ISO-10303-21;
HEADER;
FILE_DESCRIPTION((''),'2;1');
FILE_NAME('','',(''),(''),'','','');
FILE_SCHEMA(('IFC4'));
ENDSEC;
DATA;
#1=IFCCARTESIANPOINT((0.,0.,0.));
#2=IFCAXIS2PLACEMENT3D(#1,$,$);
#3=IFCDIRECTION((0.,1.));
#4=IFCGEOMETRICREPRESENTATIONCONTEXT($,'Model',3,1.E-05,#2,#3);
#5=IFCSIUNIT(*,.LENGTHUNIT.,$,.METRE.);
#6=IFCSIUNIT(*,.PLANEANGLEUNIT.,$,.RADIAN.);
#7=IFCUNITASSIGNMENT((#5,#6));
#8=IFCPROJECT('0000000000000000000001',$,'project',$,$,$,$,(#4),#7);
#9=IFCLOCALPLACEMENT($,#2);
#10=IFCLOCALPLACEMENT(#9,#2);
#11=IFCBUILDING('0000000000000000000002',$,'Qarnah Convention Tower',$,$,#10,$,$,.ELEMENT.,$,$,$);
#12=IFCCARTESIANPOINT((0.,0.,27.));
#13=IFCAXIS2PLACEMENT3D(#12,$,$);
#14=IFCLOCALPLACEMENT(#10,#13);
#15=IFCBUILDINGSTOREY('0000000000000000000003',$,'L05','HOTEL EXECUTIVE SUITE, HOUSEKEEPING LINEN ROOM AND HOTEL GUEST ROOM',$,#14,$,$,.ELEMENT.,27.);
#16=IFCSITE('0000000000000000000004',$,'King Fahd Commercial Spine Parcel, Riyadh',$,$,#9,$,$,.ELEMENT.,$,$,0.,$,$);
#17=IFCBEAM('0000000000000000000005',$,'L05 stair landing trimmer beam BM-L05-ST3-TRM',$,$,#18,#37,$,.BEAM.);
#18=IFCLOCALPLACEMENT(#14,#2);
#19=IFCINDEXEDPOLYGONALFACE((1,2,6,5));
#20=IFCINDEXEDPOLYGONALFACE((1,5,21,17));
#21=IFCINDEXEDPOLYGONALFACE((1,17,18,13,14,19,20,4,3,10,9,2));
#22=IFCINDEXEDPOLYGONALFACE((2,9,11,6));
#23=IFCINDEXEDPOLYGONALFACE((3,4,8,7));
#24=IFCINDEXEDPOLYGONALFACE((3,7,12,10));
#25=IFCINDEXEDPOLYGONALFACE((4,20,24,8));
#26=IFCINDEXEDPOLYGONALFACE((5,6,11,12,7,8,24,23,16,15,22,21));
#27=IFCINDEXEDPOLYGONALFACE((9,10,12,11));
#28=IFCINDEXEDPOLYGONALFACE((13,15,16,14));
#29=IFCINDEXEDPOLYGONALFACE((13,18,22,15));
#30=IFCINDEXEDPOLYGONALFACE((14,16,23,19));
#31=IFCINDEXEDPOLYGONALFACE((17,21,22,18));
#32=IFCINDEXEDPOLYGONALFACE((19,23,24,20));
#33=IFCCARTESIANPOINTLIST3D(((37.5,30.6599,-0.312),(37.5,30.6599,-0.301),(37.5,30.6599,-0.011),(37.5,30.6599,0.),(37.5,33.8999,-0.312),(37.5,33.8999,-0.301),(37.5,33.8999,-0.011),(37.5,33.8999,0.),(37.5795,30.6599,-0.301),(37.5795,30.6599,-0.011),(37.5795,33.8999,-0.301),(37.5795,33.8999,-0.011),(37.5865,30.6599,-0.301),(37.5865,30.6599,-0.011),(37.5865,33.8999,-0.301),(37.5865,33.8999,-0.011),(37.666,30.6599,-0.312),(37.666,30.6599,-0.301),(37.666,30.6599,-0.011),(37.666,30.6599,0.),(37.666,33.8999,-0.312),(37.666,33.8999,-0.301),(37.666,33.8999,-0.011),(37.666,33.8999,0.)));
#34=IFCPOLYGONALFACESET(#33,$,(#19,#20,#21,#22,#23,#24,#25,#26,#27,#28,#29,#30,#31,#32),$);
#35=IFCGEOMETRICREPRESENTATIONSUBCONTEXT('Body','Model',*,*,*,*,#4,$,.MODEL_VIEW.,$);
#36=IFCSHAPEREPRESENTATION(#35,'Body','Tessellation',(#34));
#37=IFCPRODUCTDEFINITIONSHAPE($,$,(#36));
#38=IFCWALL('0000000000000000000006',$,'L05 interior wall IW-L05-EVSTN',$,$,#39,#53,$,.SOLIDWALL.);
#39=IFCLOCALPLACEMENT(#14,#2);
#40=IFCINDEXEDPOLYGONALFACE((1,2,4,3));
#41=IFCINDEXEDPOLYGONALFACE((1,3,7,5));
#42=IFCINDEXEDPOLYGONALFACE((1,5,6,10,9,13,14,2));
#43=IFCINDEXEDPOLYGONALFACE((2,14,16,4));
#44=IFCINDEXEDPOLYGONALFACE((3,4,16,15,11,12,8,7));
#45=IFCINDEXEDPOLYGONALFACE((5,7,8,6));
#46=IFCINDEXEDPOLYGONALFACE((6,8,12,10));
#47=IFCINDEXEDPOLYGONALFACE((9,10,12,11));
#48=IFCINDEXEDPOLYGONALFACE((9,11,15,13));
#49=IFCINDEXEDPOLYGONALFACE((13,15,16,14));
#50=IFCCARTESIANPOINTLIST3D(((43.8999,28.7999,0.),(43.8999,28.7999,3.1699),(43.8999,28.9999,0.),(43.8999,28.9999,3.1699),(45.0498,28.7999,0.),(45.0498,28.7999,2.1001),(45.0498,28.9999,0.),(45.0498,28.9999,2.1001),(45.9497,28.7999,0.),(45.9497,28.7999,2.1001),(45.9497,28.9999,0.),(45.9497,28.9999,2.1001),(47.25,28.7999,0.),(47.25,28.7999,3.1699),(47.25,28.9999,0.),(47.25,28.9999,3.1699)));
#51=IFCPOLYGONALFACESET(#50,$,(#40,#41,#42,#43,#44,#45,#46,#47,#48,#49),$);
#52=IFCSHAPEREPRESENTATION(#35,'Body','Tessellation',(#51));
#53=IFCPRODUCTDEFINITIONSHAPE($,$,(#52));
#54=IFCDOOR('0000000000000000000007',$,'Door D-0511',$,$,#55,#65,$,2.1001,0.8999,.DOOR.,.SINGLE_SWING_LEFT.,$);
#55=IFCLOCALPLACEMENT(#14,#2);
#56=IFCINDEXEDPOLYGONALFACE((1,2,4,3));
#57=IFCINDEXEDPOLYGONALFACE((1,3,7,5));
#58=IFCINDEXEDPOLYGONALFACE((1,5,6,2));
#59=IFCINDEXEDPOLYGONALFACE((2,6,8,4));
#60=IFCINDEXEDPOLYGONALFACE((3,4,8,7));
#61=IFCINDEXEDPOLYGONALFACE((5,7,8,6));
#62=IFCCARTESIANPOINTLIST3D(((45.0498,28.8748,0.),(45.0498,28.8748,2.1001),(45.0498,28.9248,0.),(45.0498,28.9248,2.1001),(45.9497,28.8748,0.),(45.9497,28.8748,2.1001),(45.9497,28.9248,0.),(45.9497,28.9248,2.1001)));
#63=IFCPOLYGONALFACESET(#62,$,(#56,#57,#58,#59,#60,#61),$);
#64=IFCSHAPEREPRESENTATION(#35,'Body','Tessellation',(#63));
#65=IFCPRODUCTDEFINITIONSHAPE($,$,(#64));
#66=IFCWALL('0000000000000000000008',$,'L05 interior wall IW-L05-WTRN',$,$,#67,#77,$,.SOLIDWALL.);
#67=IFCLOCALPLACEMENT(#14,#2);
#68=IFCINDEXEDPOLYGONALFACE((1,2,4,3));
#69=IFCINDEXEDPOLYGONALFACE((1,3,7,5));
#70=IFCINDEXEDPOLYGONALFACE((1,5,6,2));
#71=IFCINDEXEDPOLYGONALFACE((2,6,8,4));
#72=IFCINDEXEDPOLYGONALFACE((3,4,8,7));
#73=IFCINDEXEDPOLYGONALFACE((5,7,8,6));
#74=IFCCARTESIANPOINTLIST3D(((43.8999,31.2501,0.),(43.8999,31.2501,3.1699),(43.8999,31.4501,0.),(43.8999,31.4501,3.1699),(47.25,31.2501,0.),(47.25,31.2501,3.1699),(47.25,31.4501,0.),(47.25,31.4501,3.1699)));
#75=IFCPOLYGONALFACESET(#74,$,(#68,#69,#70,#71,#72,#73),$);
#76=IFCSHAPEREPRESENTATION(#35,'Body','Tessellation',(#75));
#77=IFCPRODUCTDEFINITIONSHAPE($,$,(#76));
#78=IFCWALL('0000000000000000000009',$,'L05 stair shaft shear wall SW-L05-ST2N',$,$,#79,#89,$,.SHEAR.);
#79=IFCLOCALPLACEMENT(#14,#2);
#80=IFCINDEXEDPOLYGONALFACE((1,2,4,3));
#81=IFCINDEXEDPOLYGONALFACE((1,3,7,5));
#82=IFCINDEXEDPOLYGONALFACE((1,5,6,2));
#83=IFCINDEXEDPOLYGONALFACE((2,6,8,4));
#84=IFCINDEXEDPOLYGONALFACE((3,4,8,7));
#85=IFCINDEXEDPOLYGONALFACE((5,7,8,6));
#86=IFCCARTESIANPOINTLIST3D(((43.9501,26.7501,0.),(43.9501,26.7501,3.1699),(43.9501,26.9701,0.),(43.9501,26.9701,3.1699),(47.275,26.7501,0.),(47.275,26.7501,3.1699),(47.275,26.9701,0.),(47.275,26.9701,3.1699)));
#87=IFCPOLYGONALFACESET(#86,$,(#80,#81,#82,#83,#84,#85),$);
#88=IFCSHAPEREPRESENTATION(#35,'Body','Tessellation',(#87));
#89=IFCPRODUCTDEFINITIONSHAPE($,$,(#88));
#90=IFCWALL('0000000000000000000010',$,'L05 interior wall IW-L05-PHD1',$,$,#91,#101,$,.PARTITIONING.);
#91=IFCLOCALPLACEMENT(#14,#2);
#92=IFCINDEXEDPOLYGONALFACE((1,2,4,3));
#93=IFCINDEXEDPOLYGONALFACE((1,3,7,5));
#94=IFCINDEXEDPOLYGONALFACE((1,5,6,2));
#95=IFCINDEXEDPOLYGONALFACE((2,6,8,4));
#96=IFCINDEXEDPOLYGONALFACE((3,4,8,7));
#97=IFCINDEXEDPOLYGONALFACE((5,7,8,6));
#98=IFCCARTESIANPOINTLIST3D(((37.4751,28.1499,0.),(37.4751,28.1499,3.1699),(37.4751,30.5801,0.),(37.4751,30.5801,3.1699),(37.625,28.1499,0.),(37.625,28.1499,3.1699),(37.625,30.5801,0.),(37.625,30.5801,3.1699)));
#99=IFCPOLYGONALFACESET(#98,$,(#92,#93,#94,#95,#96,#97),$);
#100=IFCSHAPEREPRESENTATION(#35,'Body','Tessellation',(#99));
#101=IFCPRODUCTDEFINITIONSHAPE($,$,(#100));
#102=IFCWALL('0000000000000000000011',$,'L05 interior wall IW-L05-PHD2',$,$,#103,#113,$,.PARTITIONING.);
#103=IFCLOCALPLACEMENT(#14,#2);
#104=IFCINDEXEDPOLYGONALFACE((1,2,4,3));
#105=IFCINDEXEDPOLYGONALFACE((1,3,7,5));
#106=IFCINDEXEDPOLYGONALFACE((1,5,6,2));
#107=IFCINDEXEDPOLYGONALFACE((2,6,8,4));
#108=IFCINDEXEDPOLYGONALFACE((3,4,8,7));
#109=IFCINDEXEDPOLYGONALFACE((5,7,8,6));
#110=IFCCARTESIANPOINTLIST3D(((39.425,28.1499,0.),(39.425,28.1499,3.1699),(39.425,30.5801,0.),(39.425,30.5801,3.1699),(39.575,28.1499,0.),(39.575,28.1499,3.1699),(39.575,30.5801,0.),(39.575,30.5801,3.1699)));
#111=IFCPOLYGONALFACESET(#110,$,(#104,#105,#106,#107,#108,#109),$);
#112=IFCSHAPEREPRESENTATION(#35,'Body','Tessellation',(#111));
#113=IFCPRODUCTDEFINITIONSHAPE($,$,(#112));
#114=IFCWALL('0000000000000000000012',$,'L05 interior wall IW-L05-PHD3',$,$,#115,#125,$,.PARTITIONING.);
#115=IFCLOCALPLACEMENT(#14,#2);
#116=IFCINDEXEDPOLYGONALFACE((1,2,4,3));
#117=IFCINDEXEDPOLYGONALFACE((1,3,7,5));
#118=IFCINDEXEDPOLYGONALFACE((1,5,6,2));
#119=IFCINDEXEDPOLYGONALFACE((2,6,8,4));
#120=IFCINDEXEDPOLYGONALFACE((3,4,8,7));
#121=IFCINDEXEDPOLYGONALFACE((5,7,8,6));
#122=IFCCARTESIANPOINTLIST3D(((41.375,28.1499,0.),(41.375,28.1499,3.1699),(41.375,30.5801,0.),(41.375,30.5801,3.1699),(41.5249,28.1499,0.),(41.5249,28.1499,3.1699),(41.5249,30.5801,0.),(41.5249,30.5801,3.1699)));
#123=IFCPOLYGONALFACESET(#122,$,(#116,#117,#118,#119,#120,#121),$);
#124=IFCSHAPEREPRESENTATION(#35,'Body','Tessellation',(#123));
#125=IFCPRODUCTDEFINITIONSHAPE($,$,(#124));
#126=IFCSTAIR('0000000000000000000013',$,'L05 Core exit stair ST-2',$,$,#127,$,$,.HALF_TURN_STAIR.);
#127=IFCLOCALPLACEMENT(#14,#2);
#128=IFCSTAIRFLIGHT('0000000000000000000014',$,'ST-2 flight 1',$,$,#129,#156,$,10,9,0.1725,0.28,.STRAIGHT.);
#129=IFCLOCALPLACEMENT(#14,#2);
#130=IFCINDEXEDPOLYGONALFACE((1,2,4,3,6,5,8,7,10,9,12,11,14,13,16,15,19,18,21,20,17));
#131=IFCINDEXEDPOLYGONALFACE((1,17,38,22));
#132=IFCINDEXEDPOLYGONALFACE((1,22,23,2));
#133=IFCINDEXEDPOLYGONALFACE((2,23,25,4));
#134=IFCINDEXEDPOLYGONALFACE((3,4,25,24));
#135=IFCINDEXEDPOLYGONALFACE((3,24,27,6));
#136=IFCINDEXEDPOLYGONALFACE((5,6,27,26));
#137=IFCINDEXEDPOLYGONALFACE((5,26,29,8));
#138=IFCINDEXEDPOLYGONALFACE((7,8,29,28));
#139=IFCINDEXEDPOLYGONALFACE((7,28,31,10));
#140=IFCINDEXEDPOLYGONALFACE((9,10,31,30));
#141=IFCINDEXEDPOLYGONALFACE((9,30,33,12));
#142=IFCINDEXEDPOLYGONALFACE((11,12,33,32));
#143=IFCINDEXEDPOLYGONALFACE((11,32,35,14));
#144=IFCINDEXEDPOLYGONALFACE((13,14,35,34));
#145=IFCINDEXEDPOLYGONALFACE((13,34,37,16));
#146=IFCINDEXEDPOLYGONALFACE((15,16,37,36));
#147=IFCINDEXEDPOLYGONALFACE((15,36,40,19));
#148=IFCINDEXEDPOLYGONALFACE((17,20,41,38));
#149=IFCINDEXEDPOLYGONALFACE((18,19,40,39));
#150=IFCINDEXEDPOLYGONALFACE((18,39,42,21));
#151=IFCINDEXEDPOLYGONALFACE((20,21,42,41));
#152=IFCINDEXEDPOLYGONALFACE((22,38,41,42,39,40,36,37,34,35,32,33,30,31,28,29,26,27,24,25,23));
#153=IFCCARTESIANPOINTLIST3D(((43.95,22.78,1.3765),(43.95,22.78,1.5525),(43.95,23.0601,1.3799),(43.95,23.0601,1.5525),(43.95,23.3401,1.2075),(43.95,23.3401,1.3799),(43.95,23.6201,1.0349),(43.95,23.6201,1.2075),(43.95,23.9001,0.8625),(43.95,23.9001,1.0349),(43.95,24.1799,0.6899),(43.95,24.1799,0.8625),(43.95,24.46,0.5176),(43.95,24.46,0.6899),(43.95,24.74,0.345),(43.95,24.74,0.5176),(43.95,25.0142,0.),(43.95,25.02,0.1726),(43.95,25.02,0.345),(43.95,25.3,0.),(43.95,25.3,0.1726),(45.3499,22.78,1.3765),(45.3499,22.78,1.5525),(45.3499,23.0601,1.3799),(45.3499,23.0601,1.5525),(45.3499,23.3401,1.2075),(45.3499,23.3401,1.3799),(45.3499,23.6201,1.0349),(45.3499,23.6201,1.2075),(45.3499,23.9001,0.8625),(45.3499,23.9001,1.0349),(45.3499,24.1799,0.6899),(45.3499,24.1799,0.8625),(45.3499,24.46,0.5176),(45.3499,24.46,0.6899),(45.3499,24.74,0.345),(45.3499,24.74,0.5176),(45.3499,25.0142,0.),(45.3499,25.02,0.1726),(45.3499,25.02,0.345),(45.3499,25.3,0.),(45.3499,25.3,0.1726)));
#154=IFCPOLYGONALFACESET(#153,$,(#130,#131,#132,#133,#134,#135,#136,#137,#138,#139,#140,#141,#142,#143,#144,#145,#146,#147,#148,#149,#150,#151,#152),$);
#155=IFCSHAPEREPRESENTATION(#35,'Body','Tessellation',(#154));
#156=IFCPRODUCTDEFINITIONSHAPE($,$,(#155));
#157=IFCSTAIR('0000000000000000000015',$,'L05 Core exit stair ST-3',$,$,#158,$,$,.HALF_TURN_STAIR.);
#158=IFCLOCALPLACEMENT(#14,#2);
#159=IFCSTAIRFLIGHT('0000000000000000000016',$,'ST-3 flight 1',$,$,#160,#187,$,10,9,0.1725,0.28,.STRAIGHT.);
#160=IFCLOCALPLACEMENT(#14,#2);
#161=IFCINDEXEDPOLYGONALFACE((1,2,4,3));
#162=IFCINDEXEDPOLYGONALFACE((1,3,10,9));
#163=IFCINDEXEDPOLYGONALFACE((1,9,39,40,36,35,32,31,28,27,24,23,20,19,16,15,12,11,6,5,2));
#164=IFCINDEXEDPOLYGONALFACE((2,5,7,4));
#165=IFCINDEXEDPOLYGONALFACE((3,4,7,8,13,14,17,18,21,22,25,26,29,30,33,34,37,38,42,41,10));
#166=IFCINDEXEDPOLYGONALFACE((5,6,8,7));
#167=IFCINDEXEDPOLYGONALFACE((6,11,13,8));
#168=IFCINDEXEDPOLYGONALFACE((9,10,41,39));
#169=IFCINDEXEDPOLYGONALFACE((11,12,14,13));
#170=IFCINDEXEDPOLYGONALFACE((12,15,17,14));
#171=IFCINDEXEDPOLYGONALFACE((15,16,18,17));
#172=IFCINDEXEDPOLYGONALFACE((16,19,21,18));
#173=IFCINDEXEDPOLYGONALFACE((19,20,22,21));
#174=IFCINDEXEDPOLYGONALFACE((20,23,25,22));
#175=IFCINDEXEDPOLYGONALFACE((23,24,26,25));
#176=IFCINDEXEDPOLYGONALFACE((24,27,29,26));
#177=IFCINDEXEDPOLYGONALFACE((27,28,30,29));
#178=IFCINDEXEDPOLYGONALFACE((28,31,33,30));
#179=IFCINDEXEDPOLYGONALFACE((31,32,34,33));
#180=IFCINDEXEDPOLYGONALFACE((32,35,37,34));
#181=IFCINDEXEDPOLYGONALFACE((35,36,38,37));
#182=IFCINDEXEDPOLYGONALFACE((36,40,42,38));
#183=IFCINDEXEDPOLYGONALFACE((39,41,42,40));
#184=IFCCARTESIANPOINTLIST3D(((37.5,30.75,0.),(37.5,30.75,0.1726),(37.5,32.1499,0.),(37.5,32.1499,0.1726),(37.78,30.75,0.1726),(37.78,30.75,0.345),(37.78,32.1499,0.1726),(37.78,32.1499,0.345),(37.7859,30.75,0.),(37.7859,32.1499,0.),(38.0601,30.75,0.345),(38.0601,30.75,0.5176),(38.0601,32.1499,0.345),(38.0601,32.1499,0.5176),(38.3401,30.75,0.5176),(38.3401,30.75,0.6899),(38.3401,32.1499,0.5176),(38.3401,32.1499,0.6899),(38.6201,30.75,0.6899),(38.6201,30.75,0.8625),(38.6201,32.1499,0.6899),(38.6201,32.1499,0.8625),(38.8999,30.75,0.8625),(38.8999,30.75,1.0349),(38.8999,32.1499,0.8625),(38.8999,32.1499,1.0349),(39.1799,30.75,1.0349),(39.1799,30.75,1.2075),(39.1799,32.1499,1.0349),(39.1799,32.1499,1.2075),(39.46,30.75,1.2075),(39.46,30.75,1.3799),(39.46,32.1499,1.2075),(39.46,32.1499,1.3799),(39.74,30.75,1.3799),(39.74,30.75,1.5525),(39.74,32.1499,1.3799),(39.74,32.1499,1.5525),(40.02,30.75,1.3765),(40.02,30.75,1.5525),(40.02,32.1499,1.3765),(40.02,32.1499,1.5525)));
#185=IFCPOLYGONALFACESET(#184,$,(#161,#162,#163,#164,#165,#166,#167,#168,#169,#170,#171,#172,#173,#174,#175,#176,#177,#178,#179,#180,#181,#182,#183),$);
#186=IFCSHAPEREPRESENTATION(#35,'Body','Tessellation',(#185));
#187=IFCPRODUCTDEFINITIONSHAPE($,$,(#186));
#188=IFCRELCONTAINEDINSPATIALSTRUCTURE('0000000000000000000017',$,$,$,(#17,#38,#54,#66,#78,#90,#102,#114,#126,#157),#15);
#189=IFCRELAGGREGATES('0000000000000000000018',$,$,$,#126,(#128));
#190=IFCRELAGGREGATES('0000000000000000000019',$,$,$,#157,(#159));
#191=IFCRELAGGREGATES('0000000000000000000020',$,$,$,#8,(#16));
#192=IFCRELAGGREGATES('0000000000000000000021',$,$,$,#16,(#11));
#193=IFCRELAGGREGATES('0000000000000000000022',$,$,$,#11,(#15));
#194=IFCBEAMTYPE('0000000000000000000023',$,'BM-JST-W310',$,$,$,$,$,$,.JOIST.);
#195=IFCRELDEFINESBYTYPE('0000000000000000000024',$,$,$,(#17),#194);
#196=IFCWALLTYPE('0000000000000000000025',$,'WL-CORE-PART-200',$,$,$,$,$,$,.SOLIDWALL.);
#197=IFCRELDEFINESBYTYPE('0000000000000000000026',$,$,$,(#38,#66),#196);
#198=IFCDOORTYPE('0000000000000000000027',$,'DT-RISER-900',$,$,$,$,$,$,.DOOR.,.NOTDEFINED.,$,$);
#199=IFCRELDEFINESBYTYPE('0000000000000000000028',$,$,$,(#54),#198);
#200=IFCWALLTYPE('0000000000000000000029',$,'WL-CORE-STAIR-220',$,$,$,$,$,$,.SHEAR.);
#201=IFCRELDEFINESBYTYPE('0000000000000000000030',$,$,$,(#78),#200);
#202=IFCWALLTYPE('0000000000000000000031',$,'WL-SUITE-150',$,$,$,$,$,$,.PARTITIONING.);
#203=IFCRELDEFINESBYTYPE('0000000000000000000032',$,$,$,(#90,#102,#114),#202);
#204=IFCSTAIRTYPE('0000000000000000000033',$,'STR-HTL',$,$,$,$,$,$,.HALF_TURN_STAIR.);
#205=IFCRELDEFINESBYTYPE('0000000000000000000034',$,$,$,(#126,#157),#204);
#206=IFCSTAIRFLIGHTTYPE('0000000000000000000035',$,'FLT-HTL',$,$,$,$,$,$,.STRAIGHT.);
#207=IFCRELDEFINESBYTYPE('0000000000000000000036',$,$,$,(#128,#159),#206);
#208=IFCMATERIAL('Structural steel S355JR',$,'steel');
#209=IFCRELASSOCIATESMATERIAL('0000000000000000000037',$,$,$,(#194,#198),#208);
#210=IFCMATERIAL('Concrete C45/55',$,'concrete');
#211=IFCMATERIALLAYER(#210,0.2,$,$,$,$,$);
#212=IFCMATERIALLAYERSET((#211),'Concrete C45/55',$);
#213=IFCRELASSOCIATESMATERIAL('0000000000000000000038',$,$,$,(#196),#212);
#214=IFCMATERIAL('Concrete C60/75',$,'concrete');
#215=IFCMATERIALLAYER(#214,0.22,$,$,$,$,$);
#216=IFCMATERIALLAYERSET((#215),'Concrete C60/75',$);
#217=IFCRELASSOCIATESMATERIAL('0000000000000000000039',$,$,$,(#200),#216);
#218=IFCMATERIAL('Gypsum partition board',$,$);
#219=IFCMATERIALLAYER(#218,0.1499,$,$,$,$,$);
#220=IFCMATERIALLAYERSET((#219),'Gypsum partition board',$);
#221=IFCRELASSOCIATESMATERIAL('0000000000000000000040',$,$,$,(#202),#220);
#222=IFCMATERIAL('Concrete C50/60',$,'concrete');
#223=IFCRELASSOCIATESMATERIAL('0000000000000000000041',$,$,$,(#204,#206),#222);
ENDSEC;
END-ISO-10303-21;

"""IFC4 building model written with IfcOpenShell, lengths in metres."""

from ifc_helpers import new_model, si_unit, direction, frame, frame_2d, origin, origin_2d, place, context, subcontext, project, spatial, polyline, rectangle, i_section, outline, extrude, material, layer, layer_set, material_profile, profile_set, type_object, element, fill, aggregate, save


model = new_model("IFC4")

# Units and contexts
model_context = context("Model", 3, precision=1e-05, world=origin(), true_north=direction((0.0, 1.0)))
body_context = subcontext(model_context, "Body", "Model", "MODEL_VIEW")
ifc_project = project(units=[si_unit("LENGTHUNIT", "METRE"), si_unit("PLANEANGLEUNIT", "RADIAN")], contexts=[model_context])

# Site, building, storey
site_placement = place(None, origin())
site = spatial("IfcSite", under=ifc_project, at=site_placement, Name="King Fahd Commercial Spine Parcel, Riyadh", CompositionType="ELEMENT", RefElevation=0.0)
building_placement = place(site_placement, origin())
building = spatial("IfcBuilding", under=site, at=building_placement, Name="Qarnah Convention Tower", CompositionType="ELEMENT")
storey_placement = place(building_placement, frame((0.0, 0.0, 27.0)))
storey = spatial("IfcBuildingStorey", under=building, at=storey_placement, Name="L05", Description="HOTEL EXECUTIVE SUITE, HOUSEKEEPING LINEN ROOM AND HOTEL GUEST ROOM", CompositionType="ELEMENT", Elevation=27.0)

# Beam
ifc_material_1 = material(Name="Structural steel S355JR", Category="steel")
ifc_material_profile = material_profile(ifc_material_1, i_section(OverallWidth=0.166, OverallDepth=0.312, WebThickness=0.0071, FlangeThickness=0.011, at=origin_2d()), Name="W310X45")
ifc_profile_set = profile_set([ifc_material_profile], Name="Structural steel S355JR")
beam_type = type_object("IfcBeamType", Name="BM-JST-W310", PredefinedType="JOIST", material=ifc_profile_set)
beam_placement = place(storey_placement, frame((37.583, 30.6599, -0.156), z_axis=(0.0, 1.0, 0.0), x_axis=(-1.0, 0.0, 0.0)))
element("IfcBeam", 1, at=beam_placement, inside=storey, type_object=beam_type, Name="L05 stair landing trimmer beam BM-L05-ST3-TRM", PredefinedType="BEAM", context=body_context, shape_type="SweptSolid", body=[
    extrude(i_section(OverallWidth=0.166, OverallDepth=0.312, WebThickness=0.0071, FlangeThickness=0.011, at=origin_2d()), origin(), (0.0, 0.0, 1.0), 3.24),
])

# Wall, opening, door
ifc_material_2 = material(Name="Concrete C45/55", Category="concrete")
ifc_layer_1 = layer(ifc_material_2, 0.2)
ifc_layer_set_1 = layer_set([ifc_layer_1], Name="Concrete C45/55")
wall_type_1 = type_object("IfcWallType", Name="WL-CORE-PART-200", PredefinedType="SOLIDWALL", material=ifc_layer_set_1)
wall_1_placement = place(storey_placement, frame((43.8999, 28.8999, 0.0), z_axis=(0.0, 0.0, 1.0), x_axis=(1.0, 0.0, 0.0)))
wall_1 = element("IfcWall", 2, at=wall_1_placement, inside=storey, type_object=wall_type_1, Name="L05 interior wall IW-L05-EVSTN", PredefinedType="SOLIDWALL", context=body_context, shape_type="SweptSolid", body=[
    extrude(rectangle(XDim=3.3501, YDim=0.2, at=frame_2d((1.675, 0.0))), origin(), (0.0, 0.0, 1.0), 3.1699),
])
opening_placement = place(wall_1_placement, frame((1.1499, 0.0, 0.0)))
opening = element("IfcOpeningElement", 3, at=opening_placement, cuts=wall_1, PredefinedType="OPENING", context=body_context, shape_type="SweptSolid", body=[
    extrude(rectangle(XDim=0.8999, YDim=2.1001, at=frame_2d((0.45, 1.05))), frame((0.0, 0.1099, 0.0), z_axis=(0.0, -1.0, 0.0), x_axis=(1.0, 0.0, 0.0)), (0.0, 0.0, 1.0), 0.22),
])
door_type = type_object("IfcDoorType", Name="DT-RISER-900", OperationType="NOTDEFINED", PredefinedType="DOOR", material=ifc_material_1)
door_placement = place(opening_placement, origin())
door = element("IfcDoor", 4, at=door_placement, inside=storey, type_object=door_type, Name="Door D-0511", OperationType="SINGLE_SWING_LEFT", OverallHeight=2.1001, OverallWidth=0.8999, PredefinedType="DOOR", context=body_context, shape_type="SweptSolid", body=[
    extrude(rectangle(XDim=0.8999, YDim=2.1001, at=frame_2d((0.45, 1.05))), frame((0.0, 0.0249, 0.0), z_axis=(0.0, -1.0, 0.0), x_axis=(1.0, 0.0, 0.0)), (0.0, 0.0, 1.0), 0.05),
])
fill(opening, door)

# Walls
wall_2_placement = place(storey_placement, frame((43.8999, 31.3501, 0.0), z_axis=(0.0, 0.0, 1.0), x_axis=(1.0, 0.0, 0.0)))
element("IfcWall", 5, at=wall_2_placement, inside=storey, type_object=wall_type_1, Name="L05 interior wall IW-L05-WTRN", PredefinedType="SOLIDWALL", context=body_context, shape_type="SweptSolid", body=[
    extrude(rectangle(XDim=3.3501, YDim=0.2, at=frame_2d((1.675, 0.0))), origin(), (0.0, 0.0, 1.0), 3.1699),
])
ifc_material_3 = material(Name="Concrete C60/75", Category="concrete")
ifc_layer_2 = layer(ifc_material_3, 0.22)
ifc_layer_set_2 = layer_set([ifc_layer_2], Name="Concrete C60/75")
wall_type_2 = type_object("IfcWallType", Name="WL-CORE-STAIR-220", PredefinedType="SHEAR", material=ifc_layer_set_2)
wall_3_placement = place(storey_placement, frame((43.95, 26.8601, 0.0), z_axis=(0.0, 0.0, 1.0), x_axis=(1.0, 0.0, 0.0)))
element("IfcWall", 6, at=wall_3_placement, inside=storey, type_object=wall_type_2, Name="L05 stair shaft shear wall SW-L05-ST2N", PredefinedType="SHEAR", context=body_context, shape_type="SweptSolid", body=[
    extrude(rectangle(XDim=3.325, YDim=0.22, at=frame_2d((1.6626, 0.0))), origin(), (0.0, 0.0, 1.0), 3.1699),
])
ifc_material_4 = material(Name="Gypsum partition board")
ifc_layer_3 = layer(ifc_material_4, 0.1499)
ifc_layer_set_3 = layer_set([ifc_layer_3], Name="Gypsum partition board")
wall_type_3 = type_object("IfcWallType", Name="WL-SUITE-150", PredefinedType="PARTITIONING", material=ifc_layer_set_3)
for number, where, z_axis, x_axis, name in (
    (7, (37.55, 28.1499, 0.0), (0.0, 0.0, 1.0), (0.0, 1.0, 0.0), "L05 interior wall IW-L05-PHD1"),
    (8, (39.5, 28.1499, 0.0), (0.0, 0.0, 1.0), (0.0, 1.0, 0.0), "L05 interior wall IW-L05-PHD2"),
    (9, (41.45, 28.1499, 0.0), (0.0, 0.0, 1.0), (0.0, 1.0, 0.0), "L05 interior wall IW-L05-PHD3"),
):
    element("IfcWall", number, at=place(storey_placement, frame(where, z_axis=z_axis, x_axis=x_axis)), inside=storey, type_object=wall_type_3, Name=name, PredefinedType="PARTITIONING", context=body_context, shape_type="SweptSolid", body=[
        extrude(rectangle(XDim=2.4302, YDim=0.1499, at=frame_2d((1.2151, 0.0))), origin(), (0.0, 0.0, 1.0), 3.1699),
    ])

# Stairs, stair flights
ifc_material_5 = material(Name="Concrete C50/60", Category="concrete")
stair_type = type_object("IfcStairType", Name="STR-HTL", PredefinedType="HALF_TURN_STAIR", material=ifc_material_5)
stair_1_placement = place(storey_placement, origin())
stair_1 = element("IfcStair", 10, at=stair_1_placement, inside=storey, type_object=stair_type, Name="L05 Core exit stair ST-2", PredefinedType="HALF_TURN_STAIR")
stair_flight_type = type_object("IfcStairFlightType", Name="FLT-HTL", PredefinedType="STRAIGHT", material=ifc_material_5)
stair_flight_1_placement = place(storey_placement, frame((44.6499, 25.3, 0.0), z_axis=(0.0, 0.0, 1.0), x_axis=(0.0, -1.0, 0.0)))
stair_flight_1 = element("IfcStairFlight", 11, at=stair_flight_1_placement, type_object=stair_flight_type, Name="ST-2 flight 1", NumberOfRisers=10, NumberOfTreads=9, PredefinedType="STRAIGHT", RiserHeight=0.1725, TreadLength=0.28, context=body_context, shape_type="SweptSolid", body=[
    extrude(outline(polyline([(0.0, 0.0), (0.0, 0.1726), (0.28, 0.1726), (0.28, 0.345), (0.5601, 0.345), (0.5601, 0.5176), (0.8401, 0.5176), (0.8401, 0.6899), (1.1201, 0.6899), (1.1201, 0.8625), (1.3999, 0.8625), (1.3999, 1.0349), (1.6799, 1.0349), (1.6799, 1.2075), (1.96, 1.2075), (1.96, 1.3799), (2.24, 1.3799), (2.24, 1.5525), (2.52, 1.5525), (2.52, 1.7251), (2.52, 1.3765), (0.2859, 0.0), (0.0, 0.0)])), frame((0.0, 0.7, 0.0), z_axis=(0.0, -1.0, 0.0), x_axis=(1.0, 0.0, 0.0)), (0.0, 0.0, 1.0), 1.3999),
])
aggregate(stair_1, [stair_flight_1])
stair_2_placement = place(storey_placement, origin())
stair_2 = element("IfcStair", 12, at=stair_2_placement, inside=storey, type_object=stair_type, Name="L05 Core exit stair ST-3", PredefinedType="HALF_TURN_STAIR")
stair_flight_2_placement = place(storey_placement, frame((37.5, 31.45, 0.0), z_axis=(0.0, 0.0, 1.0), x_axis=(1.0, 0.0, 0.0)))
stair_flight_2 = element("IfcStairFlight", 13, at=stair_flight_2_placement, type_object=stair_flight_type, Name="ST-3 flight 1", NumberOfRisers=10, NumberOfTreads=9, PredefinedType="STRAIGHT", RiserHeight=0.1725, TreadLength=0.28, context=body_context, shape_type="SweptSolid", body=[
    extrude(outline(polyline([(0.0, 0.0), (0.0, 0.1726), (0.28, 0.1726), (0.28, 0.345), (0.5601, 0.345), (0.5601, 0.5176), (0.8401, 0.5176), (0.8401, 0.6899), (1.1201, 0.6899), (1.1201, 0.8625), (1.3999, 0.8625), (1.3999, 1.0349), (1.6799, 1.0349), (1.6799, 1.2075), (1.96, 1.2075), (1.96, 1.3799), (2.24, 1.3799), (2.24, 1.5525), (2.52, 1.5525), (2.52, 1.7251), (2.52, 1.3765), (0.2859, 0.0), (0.0, 0.0)])), frame((0.0, 0.7, 0.0), z_axis=(0.0, -1.0, 0.0), x_axis=(1.0, 0.0, 0.0)), (0.0, 0.0, 1.0), 1.3999),
])
aggregate(stair_2, [stair_flight_2])

save(model, "model.ifc")
